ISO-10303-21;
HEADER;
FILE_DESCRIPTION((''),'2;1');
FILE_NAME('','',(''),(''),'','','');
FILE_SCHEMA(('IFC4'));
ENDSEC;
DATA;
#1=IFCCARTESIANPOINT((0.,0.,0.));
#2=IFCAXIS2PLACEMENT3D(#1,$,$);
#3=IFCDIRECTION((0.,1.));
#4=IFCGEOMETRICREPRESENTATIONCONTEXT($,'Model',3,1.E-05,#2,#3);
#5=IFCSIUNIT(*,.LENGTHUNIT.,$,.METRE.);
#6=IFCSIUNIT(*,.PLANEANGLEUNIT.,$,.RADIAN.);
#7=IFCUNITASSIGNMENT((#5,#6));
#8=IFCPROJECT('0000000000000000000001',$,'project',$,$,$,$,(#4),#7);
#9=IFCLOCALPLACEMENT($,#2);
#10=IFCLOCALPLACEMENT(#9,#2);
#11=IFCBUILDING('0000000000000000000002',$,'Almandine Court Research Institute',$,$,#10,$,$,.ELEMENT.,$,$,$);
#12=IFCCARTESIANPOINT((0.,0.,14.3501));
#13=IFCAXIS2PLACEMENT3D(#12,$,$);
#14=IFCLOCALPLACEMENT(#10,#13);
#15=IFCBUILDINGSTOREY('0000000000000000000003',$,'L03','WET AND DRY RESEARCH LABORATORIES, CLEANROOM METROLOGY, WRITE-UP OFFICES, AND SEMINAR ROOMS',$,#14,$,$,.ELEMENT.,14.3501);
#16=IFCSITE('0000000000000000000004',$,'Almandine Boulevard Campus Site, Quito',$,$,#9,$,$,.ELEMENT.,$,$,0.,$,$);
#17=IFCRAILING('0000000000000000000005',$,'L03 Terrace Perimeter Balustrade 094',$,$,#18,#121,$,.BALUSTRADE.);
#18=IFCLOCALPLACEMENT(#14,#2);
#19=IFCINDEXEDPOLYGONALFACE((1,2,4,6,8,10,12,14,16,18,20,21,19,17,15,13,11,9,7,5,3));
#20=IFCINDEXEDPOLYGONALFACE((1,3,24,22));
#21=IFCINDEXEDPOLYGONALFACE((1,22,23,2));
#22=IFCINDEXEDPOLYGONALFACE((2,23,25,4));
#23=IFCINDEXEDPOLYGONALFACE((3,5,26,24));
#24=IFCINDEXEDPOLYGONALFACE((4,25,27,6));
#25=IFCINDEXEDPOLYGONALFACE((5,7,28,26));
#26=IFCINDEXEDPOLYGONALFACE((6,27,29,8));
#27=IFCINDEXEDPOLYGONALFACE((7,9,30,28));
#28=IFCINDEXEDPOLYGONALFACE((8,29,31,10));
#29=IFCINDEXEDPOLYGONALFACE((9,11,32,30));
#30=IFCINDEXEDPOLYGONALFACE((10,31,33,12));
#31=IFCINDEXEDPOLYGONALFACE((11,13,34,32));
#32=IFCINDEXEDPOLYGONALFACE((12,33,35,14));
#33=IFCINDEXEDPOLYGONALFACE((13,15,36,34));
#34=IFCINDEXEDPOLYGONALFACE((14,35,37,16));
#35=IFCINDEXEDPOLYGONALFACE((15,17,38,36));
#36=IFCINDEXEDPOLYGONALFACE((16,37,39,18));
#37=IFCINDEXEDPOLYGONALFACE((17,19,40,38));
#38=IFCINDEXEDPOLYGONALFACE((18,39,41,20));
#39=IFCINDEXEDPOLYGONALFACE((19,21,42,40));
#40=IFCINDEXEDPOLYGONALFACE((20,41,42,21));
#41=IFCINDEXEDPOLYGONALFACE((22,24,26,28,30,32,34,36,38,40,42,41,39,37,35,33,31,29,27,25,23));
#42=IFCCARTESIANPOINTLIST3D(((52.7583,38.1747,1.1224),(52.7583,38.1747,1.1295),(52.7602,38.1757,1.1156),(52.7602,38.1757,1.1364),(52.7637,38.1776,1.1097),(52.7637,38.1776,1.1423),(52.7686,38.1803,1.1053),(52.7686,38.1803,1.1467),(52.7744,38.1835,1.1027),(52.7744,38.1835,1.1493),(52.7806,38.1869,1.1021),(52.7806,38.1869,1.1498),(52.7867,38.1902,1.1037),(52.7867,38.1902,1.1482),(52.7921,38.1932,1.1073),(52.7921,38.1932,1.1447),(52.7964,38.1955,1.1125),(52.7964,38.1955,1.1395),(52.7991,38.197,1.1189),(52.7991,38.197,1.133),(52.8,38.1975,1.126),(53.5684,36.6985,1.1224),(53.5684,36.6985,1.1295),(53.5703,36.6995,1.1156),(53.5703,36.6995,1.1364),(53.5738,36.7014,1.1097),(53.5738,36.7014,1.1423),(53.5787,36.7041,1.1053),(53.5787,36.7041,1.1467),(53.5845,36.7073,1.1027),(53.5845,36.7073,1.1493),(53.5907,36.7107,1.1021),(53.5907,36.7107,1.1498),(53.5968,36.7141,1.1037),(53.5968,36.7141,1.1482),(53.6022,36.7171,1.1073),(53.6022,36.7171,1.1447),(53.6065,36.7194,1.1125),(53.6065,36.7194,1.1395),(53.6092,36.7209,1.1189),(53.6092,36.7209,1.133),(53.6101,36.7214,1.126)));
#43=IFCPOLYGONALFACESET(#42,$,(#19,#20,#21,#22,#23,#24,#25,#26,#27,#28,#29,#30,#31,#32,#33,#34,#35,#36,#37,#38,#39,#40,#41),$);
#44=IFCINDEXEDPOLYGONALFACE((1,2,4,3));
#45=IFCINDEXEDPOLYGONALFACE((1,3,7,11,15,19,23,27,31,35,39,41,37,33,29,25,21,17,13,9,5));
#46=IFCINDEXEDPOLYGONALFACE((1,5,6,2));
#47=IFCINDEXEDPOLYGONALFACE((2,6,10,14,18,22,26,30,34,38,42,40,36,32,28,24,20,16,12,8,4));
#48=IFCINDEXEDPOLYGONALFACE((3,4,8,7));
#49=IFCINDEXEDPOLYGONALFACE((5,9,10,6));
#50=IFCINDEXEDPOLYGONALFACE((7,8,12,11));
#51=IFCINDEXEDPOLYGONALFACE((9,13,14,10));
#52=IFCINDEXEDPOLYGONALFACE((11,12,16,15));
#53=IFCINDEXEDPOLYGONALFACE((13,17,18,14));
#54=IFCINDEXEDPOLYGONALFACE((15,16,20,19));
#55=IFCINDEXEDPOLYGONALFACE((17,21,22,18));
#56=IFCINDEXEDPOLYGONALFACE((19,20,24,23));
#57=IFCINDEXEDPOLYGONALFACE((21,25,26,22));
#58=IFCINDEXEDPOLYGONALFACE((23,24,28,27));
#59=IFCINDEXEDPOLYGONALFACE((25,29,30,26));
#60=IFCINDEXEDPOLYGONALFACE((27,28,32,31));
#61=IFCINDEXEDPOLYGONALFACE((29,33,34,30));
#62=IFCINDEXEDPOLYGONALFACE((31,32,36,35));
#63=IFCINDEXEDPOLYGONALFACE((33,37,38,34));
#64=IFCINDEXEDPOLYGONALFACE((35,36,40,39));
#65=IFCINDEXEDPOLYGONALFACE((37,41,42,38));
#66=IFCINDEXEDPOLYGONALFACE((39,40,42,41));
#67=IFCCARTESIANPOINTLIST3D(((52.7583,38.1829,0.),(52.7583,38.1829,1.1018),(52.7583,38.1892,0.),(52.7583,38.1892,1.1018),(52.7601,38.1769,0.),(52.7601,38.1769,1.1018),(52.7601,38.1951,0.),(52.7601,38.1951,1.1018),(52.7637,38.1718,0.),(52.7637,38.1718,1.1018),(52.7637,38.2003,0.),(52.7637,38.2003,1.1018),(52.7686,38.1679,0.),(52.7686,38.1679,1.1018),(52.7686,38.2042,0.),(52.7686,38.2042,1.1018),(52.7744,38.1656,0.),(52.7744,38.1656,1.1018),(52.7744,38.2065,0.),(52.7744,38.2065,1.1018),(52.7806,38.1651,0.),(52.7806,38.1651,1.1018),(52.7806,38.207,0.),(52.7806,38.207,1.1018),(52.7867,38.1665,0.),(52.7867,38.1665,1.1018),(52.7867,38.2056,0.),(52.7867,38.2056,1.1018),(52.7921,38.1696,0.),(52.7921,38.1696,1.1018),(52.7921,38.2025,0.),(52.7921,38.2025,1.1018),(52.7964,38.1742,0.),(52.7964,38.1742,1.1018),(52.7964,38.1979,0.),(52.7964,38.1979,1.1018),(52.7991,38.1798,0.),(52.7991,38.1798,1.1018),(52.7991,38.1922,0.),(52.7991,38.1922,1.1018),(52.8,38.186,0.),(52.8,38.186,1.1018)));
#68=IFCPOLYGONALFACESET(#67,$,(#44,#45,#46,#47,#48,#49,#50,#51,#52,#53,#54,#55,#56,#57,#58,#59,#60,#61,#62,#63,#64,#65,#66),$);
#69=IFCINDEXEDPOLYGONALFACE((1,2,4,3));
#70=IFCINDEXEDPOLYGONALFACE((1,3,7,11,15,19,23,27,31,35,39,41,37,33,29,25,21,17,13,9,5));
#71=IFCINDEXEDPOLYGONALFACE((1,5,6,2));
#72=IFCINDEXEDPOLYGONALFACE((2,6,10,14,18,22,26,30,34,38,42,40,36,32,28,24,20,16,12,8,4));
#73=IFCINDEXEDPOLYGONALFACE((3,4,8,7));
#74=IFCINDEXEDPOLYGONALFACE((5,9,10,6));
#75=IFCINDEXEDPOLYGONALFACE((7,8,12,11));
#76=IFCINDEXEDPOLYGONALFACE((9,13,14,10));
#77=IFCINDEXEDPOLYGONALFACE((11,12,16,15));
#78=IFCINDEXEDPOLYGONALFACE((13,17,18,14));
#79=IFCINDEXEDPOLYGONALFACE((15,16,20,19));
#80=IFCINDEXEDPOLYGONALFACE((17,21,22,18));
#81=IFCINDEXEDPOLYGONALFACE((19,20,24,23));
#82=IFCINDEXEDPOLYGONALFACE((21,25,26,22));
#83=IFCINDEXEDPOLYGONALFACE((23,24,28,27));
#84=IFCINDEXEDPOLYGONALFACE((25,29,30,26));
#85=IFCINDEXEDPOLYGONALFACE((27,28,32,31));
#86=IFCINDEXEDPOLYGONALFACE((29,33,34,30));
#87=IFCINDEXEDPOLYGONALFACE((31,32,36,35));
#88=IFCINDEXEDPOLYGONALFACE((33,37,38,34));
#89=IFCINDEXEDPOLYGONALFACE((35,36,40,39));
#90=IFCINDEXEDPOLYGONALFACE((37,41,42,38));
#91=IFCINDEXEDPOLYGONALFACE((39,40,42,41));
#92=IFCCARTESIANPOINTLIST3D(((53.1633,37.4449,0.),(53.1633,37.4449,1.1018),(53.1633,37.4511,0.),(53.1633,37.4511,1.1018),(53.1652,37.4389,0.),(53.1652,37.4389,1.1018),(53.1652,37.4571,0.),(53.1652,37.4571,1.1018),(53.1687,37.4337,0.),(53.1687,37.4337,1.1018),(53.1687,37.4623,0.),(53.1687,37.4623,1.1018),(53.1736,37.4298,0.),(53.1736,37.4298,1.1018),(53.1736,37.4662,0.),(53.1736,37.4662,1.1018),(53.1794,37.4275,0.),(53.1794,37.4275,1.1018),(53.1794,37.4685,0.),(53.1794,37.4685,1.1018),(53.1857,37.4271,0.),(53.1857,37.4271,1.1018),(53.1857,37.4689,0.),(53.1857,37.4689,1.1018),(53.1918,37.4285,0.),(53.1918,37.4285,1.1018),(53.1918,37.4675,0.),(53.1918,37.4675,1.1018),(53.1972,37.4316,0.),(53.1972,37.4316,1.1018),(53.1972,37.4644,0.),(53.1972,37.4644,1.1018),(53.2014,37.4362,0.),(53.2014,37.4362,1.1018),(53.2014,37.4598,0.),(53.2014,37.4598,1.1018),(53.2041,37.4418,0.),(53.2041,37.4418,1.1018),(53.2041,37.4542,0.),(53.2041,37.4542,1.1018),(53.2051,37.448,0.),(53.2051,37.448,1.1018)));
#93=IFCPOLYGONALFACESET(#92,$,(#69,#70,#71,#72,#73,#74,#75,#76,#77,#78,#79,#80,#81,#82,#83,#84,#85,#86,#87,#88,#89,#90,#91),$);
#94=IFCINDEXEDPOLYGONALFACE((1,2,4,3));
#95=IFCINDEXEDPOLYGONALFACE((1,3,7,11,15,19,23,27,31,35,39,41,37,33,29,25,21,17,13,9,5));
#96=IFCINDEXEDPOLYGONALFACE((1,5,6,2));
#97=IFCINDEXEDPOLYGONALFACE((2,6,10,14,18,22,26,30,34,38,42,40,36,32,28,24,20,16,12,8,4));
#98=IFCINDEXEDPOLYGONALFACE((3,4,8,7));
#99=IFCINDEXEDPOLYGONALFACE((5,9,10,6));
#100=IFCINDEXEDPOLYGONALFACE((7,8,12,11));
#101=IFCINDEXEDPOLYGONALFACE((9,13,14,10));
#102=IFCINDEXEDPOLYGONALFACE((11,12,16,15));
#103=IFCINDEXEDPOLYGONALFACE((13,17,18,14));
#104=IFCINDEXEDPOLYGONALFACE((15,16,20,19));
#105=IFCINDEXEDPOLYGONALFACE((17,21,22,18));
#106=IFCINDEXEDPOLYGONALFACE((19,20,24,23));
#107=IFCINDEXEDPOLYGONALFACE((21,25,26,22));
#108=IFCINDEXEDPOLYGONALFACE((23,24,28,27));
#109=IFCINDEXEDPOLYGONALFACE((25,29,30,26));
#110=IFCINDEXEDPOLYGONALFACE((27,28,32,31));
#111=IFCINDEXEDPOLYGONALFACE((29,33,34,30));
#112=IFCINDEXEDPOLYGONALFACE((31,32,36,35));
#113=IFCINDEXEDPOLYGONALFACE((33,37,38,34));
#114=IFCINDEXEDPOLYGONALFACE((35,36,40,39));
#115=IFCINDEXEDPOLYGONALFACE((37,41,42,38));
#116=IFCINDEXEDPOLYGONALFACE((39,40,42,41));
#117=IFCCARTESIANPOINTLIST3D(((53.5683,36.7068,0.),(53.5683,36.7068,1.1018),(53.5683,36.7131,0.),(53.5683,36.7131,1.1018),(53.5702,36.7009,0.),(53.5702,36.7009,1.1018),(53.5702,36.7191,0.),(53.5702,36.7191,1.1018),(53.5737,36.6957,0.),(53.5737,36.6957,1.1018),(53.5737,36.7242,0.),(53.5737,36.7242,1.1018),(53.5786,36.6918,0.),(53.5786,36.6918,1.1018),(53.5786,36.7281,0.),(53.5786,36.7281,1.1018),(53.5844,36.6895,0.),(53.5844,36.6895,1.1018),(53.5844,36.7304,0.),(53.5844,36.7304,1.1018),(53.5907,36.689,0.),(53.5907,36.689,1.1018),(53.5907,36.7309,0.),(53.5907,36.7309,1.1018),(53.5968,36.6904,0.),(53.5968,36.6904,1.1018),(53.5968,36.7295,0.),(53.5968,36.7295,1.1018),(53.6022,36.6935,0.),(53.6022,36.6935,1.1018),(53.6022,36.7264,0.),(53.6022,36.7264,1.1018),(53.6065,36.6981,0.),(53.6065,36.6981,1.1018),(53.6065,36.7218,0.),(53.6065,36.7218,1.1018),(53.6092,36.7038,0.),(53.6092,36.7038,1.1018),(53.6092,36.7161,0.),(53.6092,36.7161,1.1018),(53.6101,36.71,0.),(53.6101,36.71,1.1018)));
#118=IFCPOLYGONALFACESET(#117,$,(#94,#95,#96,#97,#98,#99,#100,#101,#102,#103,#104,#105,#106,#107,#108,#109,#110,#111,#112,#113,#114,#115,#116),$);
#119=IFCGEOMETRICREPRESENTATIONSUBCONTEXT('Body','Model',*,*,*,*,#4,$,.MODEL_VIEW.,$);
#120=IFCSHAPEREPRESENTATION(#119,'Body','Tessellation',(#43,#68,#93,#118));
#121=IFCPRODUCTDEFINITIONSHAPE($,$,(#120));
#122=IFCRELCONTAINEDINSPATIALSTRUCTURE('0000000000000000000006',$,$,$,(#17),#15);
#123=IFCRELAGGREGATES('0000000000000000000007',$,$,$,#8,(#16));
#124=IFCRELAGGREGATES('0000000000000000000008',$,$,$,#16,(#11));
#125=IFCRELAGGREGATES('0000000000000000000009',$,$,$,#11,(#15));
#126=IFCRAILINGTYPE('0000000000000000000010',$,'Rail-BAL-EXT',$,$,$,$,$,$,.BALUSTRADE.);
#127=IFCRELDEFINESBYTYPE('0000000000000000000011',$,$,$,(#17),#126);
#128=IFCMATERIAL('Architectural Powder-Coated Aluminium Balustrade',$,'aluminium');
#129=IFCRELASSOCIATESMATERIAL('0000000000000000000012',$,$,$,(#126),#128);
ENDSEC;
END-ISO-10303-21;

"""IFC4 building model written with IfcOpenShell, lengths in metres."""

from ifc_helpers import new_model, si_unit, direction, frame, origin, origin_2d, place, context, subcontext, project, spatial, circle, extrude, material, type_object, element, save


model = new_model("IFC4")

# Units and contexts
model_context = context("Model", 3, precision=1e-05, world=origin(), true_north=direction((0.0, 1.0)))
body_context = subcontext(model_context, "Body", "Model", "MODEL_VIEW")
ifc_project = project(units=[si_unit("LENGTHUNIT", "METRE"), si_unit("PLANEANGLEUNIT", "RADIAN")], contexts=[model_context])

# Site, building, storey
site_placement = place(None, origin())
site = spatial("IfcSite", under=ifc_project, at=site_placement, Name="Almandine Boulevard Campus Site, Quito", CompositionType="ELEMENT", RefElevation=0.0)
building_placement = place(site_placement, origin())
building = spatial("IfcBuilding", under=site, at=building_placement, Name="Almandine Court Research Institute", CompositionType="ELEMENT")
storey_placement = place(building_placement, frame((0.0, 0.0, 14.3501)))
storey = spatial("IfcBuildingStorey", under=building, at=storey_placement, Name="L03", Description="WET AND DRY RESEARCH LABORATORIES, CLEANROOM METROLOGY, WRITE-UP OFFICES, AND SEMINAR ROOMS", CompositionType="ELEMENT", Elevation=14.3501)

# Railing
ifc_material_1 = material(Name="Architectural Powder-Coated Aluminium Balustrade", Category="aluminium")
railing_type = type_object("IfcRailingType", Name="Rail-BAL-EXT", PredefinedType="BALUSTRADE", material=ifc_material_1)
railing_1_placement = place(storey_placement, frame((52.7791, 38.186, 0.0)))
element("IfcRailing", 1, at=railing_1_placement, inside=storey, type_object=railing_type, Name="L03 Terrace Perimeter Balustrade 094", PredefinedType="BALUSTRADE", context=body_context, shape_type="SweptSolid", body=[
    extrude(circle(Radius=0.0239, at=origin_2d()), frame((0.0, 0.0, 1.126), z_axis=(0.481106, -0.876662, 0.0), x_axis=(0.876662, 0.481106, 0.0)), (0.0, 0.0, 1.0), 1.6838),
    extrude(circle(Radius=0.021, at=origin_2d()), origin(), (0.0, 0.0, 1.0), 1.1018),
    extrude(circle(Radius=0.021, at=origin_2d()), frame((0.405, -0.738, 0.0)), (0.0, 0.0, 1.0), 1.1018),
    extrude(circle(Radius=0.021, at=origin_2d()), frame((0.8101, -1.4761, 0.0)), (0.0, 0.0, 1.0), 1.1018),
])

save(model, "model.ifc")
